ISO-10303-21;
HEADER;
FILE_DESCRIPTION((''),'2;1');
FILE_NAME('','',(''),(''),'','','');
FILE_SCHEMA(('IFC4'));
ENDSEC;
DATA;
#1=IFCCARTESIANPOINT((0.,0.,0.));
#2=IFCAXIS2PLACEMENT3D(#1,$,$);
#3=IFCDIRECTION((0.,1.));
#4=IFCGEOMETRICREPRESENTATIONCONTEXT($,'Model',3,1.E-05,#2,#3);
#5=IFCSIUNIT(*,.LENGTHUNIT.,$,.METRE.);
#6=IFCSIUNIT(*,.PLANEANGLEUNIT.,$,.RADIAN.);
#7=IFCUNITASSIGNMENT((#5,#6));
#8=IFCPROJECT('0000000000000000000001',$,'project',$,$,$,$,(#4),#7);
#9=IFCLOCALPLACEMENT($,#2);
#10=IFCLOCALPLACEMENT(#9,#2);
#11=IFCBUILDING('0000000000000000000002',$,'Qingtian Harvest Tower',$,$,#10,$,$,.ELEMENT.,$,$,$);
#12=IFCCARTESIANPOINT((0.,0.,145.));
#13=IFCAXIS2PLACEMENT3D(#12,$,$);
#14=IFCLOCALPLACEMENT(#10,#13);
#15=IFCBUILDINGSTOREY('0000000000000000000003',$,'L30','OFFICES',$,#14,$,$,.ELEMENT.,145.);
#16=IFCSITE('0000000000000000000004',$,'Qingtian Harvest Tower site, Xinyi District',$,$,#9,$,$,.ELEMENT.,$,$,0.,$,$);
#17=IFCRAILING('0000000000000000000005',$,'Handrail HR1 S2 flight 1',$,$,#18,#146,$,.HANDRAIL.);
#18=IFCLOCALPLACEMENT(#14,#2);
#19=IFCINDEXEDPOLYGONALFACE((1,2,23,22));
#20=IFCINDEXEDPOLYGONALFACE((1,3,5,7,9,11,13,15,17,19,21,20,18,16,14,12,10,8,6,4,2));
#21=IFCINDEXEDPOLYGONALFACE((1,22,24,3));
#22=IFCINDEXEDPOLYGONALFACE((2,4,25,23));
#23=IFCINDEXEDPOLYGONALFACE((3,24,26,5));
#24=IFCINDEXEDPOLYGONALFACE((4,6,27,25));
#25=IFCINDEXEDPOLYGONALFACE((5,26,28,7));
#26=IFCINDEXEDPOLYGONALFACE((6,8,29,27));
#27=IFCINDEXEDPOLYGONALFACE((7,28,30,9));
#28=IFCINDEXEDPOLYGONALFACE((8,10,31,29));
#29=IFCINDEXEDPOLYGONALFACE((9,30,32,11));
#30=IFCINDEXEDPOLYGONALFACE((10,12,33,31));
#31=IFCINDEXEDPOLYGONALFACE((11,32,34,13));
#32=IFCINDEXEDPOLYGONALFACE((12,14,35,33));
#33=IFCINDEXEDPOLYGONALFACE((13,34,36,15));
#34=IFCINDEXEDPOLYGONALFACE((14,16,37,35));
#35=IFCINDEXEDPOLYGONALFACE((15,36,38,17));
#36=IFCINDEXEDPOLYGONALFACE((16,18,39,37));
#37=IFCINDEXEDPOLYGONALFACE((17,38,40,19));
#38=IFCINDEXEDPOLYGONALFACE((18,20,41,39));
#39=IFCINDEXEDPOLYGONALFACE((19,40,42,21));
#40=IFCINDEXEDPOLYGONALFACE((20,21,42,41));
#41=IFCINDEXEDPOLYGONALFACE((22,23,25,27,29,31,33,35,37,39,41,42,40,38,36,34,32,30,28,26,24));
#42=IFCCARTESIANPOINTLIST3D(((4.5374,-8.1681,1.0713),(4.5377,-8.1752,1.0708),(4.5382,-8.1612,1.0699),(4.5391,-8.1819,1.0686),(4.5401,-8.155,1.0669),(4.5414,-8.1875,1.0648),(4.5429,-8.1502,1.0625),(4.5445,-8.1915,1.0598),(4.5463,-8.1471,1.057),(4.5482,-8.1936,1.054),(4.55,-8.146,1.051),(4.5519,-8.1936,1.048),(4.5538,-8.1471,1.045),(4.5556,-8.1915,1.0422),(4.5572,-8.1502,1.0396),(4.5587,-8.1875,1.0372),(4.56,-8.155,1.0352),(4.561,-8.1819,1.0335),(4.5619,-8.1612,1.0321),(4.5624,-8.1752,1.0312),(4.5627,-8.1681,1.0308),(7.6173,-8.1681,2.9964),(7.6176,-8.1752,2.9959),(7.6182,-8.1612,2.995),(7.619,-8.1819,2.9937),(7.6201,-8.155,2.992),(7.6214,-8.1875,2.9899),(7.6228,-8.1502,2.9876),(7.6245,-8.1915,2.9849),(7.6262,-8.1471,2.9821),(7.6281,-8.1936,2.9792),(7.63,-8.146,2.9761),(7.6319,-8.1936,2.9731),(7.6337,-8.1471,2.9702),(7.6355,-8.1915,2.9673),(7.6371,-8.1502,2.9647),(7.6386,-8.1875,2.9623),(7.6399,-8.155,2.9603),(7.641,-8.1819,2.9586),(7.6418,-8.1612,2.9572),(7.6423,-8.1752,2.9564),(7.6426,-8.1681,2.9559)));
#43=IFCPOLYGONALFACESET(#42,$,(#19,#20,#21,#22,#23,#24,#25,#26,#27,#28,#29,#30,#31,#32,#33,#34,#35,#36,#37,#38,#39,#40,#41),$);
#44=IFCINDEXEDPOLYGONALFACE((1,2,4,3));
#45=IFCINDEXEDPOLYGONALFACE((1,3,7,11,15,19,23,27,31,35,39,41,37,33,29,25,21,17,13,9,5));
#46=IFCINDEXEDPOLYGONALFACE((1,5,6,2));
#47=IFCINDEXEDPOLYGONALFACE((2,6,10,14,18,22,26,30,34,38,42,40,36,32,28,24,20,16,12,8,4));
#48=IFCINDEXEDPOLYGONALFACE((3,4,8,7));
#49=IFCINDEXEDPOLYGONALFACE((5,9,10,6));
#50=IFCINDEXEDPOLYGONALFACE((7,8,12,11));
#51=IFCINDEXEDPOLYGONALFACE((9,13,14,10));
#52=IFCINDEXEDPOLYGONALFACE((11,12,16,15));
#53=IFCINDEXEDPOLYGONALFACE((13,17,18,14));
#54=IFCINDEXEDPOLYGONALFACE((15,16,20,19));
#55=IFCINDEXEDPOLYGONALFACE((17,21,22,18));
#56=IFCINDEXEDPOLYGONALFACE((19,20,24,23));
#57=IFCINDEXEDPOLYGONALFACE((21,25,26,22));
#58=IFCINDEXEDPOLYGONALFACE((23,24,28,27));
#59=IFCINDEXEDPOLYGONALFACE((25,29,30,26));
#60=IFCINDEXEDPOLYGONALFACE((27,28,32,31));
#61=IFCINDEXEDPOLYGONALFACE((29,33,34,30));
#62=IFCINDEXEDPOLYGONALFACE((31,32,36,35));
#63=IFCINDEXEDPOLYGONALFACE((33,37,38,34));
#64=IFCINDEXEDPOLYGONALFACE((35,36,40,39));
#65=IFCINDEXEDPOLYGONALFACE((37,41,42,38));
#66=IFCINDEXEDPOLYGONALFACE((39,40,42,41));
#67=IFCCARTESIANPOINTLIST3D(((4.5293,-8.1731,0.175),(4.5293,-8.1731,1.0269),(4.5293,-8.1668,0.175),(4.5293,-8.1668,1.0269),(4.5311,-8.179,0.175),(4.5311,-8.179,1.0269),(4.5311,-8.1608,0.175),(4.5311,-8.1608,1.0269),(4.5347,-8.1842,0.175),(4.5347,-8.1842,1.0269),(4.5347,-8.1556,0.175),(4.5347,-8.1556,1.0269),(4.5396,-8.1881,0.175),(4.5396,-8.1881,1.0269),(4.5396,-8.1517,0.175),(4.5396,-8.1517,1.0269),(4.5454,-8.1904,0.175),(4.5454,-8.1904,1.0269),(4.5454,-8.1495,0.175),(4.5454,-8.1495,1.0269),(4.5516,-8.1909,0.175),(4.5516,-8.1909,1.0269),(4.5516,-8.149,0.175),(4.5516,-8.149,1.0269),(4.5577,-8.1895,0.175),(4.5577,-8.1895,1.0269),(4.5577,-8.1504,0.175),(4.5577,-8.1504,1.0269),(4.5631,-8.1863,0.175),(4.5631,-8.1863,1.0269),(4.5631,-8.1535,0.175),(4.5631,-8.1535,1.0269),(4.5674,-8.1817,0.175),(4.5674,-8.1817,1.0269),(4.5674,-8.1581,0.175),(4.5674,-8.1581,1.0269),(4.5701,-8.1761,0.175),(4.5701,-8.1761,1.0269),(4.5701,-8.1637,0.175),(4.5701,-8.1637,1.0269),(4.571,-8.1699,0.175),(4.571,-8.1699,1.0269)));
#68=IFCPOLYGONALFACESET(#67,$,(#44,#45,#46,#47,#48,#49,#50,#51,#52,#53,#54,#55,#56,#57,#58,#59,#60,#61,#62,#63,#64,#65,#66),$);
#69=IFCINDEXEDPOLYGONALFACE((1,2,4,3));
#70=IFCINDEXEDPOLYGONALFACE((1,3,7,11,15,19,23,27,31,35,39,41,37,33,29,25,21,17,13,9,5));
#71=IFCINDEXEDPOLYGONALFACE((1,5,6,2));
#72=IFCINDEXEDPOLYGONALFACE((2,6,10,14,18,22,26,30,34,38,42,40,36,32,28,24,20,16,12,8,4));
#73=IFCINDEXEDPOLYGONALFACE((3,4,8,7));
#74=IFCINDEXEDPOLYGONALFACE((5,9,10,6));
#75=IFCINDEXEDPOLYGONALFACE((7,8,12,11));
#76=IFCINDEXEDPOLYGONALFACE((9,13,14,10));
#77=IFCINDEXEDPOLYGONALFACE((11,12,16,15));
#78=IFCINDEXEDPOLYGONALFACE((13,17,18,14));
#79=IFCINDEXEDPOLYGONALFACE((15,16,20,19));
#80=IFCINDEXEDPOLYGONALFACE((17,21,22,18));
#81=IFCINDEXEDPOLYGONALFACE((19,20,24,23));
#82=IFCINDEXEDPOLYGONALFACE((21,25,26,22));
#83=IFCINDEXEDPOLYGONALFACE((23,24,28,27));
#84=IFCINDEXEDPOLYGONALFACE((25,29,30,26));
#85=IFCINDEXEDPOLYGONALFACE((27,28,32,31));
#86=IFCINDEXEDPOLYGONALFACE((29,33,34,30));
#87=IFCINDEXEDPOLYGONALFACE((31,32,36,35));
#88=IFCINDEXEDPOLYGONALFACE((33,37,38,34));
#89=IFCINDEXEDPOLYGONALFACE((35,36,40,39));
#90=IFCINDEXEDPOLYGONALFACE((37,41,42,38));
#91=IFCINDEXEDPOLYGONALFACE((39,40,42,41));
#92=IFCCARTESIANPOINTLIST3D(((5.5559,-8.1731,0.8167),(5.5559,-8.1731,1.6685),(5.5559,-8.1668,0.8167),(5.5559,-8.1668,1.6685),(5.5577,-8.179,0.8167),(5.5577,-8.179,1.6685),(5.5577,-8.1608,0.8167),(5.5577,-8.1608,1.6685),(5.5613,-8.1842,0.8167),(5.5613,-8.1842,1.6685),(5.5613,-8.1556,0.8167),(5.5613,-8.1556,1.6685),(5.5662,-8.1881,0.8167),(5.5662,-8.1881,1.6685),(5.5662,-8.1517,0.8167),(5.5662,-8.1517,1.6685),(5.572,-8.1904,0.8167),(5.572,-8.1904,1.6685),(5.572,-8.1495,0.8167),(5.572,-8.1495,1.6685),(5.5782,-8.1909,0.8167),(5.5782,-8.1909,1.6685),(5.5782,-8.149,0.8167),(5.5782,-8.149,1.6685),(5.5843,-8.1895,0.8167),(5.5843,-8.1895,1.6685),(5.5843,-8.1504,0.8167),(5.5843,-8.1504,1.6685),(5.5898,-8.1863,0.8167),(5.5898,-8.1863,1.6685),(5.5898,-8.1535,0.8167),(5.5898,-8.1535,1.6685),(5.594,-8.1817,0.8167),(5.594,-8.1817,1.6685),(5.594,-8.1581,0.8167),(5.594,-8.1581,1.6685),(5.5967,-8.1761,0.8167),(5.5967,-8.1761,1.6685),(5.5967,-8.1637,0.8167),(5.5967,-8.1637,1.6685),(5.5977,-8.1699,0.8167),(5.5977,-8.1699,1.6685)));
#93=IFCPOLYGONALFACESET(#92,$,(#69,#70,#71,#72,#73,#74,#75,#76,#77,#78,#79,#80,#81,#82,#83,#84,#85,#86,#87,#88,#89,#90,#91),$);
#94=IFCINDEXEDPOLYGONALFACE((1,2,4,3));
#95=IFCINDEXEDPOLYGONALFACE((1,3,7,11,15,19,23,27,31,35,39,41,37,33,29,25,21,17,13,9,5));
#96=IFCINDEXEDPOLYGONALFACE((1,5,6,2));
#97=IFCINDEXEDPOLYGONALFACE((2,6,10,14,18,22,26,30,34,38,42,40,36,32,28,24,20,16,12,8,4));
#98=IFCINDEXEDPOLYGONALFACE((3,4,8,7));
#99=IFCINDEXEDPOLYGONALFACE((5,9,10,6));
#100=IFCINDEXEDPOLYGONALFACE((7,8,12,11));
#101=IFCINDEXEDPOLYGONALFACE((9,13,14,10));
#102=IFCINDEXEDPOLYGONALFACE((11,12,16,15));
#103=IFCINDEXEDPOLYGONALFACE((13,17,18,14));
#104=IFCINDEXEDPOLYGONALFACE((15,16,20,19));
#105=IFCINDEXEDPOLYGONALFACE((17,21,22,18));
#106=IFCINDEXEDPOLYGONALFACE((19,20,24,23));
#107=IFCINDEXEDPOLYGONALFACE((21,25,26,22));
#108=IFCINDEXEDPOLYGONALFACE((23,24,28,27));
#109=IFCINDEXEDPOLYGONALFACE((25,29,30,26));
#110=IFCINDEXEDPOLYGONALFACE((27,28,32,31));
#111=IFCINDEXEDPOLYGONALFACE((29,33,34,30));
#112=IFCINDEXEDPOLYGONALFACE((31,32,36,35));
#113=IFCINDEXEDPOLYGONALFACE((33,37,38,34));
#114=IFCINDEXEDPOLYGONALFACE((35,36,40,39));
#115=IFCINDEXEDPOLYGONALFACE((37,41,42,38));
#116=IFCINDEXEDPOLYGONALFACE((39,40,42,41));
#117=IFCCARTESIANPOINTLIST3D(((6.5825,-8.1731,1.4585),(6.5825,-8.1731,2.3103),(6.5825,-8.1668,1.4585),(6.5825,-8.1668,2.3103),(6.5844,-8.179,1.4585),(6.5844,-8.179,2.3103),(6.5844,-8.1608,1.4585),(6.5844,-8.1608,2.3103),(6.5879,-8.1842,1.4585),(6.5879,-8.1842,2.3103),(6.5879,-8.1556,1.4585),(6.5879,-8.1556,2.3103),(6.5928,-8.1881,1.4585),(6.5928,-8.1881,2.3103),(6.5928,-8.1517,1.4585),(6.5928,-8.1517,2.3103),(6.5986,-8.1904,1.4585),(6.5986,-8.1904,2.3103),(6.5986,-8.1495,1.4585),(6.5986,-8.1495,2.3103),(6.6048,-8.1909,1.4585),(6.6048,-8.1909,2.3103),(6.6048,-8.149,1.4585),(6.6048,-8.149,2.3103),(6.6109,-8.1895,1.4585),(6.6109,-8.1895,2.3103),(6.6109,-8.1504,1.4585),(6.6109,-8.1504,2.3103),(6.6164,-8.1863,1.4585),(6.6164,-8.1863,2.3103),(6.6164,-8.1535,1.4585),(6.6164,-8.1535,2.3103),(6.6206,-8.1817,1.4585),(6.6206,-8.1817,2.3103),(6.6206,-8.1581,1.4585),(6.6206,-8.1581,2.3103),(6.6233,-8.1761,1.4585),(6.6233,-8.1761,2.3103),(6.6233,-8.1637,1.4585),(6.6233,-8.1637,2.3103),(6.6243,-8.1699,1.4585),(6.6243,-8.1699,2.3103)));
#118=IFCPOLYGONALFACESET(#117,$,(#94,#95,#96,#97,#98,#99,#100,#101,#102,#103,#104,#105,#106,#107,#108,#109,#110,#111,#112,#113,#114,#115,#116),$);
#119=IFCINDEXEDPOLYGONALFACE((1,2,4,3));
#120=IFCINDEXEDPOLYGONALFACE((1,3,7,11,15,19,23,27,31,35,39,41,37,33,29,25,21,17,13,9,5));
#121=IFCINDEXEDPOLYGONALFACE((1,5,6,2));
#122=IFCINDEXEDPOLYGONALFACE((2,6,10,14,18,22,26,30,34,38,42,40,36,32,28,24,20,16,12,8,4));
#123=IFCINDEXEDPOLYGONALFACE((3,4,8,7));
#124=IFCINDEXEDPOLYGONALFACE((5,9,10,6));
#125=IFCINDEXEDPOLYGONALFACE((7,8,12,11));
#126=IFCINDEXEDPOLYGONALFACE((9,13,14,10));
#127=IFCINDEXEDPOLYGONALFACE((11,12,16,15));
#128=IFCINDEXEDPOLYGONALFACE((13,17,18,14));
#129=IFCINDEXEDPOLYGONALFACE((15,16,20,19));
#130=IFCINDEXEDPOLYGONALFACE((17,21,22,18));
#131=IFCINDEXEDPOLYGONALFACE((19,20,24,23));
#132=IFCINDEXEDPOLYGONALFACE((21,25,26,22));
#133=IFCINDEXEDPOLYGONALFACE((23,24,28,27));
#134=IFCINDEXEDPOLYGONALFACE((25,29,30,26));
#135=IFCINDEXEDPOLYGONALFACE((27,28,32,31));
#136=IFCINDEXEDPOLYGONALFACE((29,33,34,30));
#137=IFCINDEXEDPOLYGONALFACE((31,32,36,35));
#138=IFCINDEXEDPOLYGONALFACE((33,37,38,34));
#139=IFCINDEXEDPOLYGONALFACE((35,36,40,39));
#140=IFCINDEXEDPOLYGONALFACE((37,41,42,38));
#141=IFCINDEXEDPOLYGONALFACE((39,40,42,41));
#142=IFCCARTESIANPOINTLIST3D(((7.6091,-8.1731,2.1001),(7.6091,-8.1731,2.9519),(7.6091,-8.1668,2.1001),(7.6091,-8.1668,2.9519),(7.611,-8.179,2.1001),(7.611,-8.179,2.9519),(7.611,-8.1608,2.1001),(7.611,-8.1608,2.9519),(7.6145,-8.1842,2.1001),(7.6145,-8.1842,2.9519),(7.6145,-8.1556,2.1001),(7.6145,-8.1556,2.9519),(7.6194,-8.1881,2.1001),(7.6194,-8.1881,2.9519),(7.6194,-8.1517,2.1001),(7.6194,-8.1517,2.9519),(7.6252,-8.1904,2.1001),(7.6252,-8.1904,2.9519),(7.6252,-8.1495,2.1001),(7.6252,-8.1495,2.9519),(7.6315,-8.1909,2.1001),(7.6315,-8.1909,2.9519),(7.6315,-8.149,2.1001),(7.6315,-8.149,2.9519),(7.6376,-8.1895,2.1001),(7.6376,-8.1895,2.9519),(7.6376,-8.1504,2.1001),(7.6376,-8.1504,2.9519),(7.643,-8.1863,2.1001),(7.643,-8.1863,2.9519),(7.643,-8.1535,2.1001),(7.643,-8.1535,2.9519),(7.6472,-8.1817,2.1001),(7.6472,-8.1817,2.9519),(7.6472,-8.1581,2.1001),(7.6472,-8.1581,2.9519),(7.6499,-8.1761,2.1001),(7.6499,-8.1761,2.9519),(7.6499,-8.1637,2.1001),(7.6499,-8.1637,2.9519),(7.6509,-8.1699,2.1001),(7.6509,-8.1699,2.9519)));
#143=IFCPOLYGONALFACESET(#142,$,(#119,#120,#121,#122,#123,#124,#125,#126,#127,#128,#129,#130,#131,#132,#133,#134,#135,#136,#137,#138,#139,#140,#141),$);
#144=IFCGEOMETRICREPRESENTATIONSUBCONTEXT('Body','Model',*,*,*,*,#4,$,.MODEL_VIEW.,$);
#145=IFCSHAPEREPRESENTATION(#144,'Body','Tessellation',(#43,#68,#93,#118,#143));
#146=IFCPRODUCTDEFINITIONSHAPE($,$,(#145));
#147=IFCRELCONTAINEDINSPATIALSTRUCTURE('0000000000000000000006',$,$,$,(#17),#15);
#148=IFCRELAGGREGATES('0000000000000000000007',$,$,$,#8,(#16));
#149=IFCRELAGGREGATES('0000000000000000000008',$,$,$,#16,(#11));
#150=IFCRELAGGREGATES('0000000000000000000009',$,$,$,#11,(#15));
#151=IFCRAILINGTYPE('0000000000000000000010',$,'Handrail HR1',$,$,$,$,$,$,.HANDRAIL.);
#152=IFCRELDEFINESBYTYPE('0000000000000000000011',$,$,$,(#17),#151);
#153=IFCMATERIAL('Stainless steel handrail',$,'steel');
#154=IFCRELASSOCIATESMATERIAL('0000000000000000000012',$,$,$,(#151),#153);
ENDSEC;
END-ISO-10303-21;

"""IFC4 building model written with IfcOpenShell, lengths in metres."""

from ifc_helpers import new_model, si_unit, direction, frame, origin, origin_2d, place, context, subcontext, project, spatial, circle, extrude, material, type_object, element, save


model = new_model("IFC4")

# Units and contexts
model_context = context("Model", 3, precision=1e-05, world=origin(), true_north=direction((0.0, 1.0)))
body_context = subcontext(model_context, "Body", "Model", "MODEL_VIEW")
ifc_project = project(units=[si_unit("LENGTHUNIT", "METRE"), si_unit("PLANEANGLEUNIT", "RADIAN")], contexts=[model_context])

# Site, building, storey
site_placement = place(None, origin())
site = spatial("IfcSite", under=ifc_project, at=site_placement, Name="Qingtian Harvest Tower site, Xinyi District", CompositionType="ELEMENT", RefElevation=0.0)
building_placement = place(site_placement, origin())
building = spatial("IfcBuilding", under=site, at=building_placement, Name="Qingtian Harvest Tower", CompositionType="ELEMENT")
storey_placement = place(building_placement, frame((0.0, 0.0, 145.0)))
storey = spatial("IfcBuildingStorey", under=building, at=storey_placement, Name="L30", Description="OFFICES", CompositionType="ELEMENT", Elevation=145.0)

# Railing
ifc_material_1 = material(Name="Stainless steel handrail", Category="steel")
railing_type = type_object("IfcRailingType", Name="Handrail HR1", PredefinedType="HANDRAIL", material=ifc_material_1)
railing_1_placement = place(storey_placement, frame((4.55, -8.1699, 0.175)))
element("IfcRailing", 1, at=railing_1_placement, inside=storey, type_object=railing_type, Name="Handrail HR1 S2 flight 1", PredefinedType="HANDRAIL", context=body_context, shape_type="SweptSolid", body=[
    extrude(circle(Radius=0.0239, at=origin_2d()), frame((0.0, 0.0, 0.876), z_axis=(0.847979, 0.0, 0.530029), x_axis=(0.0, 1.0, 0.0)), (0.0, 0.0, 1.0), 3.6321),
    extrude(circle(Radius=0.021, at=origin_2d()), origin(), (0.0, 0.0, 1.0), 0.8518),
    extrude(circle(Radius=0.021, at=origin_2d()), frame((1.0266, 0.0, 0.6416)), (0.0, 0.0, 1.0), 0.8518),
    extrude(circle(Radius=0.021, at=origin_2d()), frame((2.0532, 0.0, 1.2834)), (0.0, 0.0, 1.0), 0.8518),
    extrude(circle(Radius=0.021, at=origin_2d()), frame((3.0798, 0.0, 1.925)), (0.0, 0.0, 1.0), 0.8518),
])

save(model, "model.ifc")
